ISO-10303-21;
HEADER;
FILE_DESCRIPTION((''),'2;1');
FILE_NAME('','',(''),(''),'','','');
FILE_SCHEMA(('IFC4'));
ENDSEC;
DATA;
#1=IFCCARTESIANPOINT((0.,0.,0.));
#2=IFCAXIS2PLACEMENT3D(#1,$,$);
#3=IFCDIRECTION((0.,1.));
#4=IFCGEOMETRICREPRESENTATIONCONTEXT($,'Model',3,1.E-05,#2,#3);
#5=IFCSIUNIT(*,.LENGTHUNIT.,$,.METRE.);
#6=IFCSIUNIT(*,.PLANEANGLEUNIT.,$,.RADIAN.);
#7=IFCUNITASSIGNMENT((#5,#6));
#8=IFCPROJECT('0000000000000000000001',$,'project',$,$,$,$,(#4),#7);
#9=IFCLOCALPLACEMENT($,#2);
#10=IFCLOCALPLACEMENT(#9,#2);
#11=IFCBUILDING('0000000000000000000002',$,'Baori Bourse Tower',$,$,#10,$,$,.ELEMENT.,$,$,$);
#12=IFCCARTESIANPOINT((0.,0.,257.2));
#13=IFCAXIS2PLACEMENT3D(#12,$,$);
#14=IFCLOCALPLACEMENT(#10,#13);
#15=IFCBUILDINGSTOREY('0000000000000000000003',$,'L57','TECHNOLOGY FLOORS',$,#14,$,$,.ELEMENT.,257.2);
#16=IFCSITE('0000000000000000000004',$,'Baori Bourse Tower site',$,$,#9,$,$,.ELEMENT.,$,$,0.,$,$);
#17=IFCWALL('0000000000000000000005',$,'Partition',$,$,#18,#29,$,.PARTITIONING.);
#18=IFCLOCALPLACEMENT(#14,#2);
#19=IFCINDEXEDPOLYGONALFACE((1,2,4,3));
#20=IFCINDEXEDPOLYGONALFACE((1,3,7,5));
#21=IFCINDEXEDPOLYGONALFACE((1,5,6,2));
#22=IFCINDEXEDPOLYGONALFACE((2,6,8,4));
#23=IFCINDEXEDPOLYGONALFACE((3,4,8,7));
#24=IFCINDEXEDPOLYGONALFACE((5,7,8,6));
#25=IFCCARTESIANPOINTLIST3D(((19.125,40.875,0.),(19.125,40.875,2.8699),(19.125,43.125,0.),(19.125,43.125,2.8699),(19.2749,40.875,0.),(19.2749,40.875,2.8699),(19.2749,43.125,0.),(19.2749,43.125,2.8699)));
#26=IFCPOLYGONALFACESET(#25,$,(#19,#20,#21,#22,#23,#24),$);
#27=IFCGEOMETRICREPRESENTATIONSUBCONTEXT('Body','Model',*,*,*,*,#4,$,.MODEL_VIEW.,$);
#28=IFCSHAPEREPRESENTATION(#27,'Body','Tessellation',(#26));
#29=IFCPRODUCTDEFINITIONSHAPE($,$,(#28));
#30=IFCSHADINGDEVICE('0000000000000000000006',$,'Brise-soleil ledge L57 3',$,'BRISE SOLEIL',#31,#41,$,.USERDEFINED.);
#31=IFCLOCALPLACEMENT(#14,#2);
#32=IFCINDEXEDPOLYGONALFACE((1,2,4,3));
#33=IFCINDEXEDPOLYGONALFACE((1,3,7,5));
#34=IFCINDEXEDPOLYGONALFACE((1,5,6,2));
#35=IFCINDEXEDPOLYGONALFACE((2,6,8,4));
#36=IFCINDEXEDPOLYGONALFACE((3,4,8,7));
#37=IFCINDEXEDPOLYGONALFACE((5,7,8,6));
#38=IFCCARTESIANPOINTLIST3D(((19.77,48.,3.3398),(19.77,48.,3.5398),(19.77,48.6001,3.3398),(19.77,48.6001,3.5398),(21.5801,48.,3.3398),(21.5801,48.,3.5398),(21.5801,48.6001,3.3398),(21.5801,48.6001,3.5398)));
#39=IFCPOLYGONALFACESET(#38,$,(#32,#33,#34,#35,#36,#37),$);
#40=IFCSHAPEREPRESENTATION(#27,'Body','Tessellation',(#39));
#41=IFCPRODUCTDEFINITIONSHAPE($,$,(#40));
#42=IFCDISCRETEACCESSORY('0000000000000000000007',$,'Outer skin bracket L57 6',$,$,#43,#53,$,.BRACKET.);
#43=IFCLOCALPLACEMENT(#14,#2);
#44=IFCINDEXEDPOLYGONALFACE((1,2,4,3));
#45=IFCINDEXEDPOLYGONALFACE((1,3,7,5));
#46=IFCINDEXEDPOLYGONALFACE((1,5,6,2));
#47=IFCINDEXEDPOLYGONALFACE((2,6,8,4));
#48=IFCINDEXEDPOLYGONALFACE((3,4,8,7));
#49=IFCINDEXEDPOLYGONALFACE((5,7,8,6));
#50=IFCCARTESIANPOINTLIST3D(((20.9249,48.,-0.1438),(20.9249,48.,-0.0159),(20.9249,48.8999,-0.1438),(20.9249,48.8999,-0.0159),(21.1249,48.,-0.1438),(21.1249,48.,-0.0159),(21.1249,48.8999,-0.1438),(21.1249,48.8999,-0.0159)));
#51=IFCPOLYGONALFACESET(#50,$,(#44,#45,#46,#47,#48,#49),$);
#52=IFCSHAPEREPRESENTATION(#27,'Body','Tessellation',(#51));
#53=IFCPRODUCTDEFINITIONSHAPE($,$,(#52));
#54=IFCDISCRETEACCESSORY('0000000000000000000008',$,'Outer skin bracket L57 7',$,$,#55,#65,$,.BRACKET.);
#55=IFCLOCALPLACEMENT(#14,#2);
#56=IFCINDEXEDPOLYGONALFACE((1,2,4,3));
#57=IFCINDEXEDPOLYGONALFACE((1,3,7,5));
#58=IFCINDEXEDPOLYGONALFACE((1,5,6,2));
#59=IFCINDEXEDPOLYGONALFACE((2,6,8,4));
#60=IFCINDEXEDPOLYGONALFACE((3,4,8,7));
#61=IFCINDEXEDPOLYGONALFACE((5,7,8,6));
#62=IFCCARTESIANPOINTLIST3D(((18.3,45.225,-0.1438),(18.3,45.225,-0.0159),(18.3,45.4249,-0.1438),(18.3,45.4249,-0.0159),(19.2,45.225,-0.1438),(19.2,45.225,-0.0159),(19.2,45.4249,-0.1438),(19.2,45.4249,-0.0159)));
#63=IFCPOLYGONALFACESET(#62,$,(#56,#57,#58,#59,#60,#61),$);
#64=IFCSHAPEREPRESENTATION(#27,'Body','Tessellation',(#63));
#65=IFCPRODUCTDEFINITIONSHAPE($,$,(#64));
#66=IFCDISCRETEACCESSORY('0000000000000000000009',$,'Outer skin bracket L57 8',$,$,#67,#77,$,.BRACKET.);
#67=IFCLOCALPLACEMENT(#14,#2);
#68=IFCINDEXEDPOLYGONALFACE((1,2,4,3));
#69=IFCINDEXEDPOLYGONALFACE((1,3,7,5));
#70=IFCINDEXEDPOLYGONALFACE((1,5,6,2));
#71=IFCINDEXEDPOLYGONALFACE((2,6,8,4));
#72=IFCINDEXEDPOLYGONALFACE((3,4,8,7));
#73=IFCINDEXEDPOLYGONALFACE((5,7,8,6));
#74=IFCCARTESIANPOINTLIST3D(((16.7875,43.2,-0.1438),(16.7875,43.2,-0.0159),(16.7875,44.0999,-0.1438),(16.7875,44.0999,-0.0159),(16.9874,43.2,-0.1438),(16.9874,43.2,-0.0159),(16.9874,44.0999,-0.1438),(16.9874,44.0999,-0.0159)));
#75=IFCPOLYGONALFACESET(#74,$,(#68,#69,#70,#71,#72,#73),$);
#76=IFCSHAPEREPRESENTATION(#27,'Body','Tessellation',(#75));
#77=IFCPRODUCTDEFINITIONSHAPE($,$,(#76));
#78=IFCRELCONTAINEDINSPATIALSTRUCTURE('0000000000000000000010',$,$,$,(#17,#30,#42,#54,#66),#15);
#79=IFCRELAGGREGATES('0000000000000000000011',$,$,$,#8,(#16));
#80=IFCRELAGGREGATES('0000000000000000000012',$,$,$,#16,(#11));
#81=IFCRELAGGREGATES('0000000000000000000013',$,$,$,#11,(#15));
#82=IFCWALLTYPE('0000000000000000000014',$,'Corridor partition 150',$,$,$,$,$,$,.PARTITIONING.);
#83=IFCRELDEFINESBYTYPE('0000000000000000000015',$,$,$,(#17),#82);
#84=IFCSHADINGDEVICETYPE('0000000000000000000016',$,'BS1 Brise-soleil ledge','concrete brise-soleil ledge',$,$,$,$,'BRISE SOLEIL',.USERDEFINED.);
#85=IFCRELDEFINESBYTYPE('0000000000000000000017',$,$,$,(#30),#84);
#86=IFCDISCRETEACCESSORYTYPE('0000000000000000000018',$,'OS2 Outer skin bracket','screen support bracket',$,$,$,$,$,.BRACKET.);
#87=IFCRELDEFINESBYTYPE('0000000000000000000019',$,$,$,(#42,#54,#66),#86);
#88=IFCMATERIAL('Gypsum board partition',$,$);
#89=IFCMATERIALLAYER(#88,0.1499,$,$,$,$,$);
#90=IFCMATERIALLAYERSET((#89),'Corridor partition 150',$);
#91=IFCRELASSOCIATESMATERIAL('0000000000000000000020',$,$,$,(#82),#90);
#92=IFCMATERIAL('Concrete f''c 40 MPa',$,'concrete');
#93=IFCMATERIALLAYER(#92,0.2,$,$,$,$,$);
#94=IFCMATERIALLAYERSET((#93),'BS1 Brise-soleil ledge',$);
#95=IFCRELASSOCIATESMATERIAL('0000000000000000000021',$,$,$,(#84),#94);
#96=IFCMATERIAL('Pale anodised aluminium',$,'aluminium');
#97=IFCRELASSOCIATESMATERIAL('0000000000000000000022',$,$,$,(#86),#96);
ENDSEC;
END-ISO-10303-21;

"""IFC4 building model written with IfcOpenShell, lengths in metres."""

from ifc_helpers import new_model, si_unit, direction, frame, frame_2d, origin, origin_2d, place, context, subcontext, project, spatial, rectangle, extrude, material, layer, layer_set, type_object, element, save


model = new_model("IFC4")

# Units and contexts
model_context = context("Model", 3, precision=1e-05, world=origin(), true_north=direction((0.0, 1.0)))
body_context = subcontext(model_context, "Body", "Model", "MODEL_VIEW")
ifc_project = project(units=[si_unit("LENGTHUNIT", "METRE"), si_unit("PLANEANGLEUNIT", "RADIAN")], contexts=[model_context])

# Site, building, storey
site_placement = place(None, origin())
site = spatial("IfcSite", under=ifc_project, at=site_placement, Name="Baori Bourse Tower site", CompositionType="ELEMENT", RefElevation=0.0)
building_placement = place(site_placement, origin())
building = spatial("IfcBuilding", under=site, at=building_placement, Name="Baori Bourse Tower", CompositionType="ELEMENT")
storey_placement = place(building_placement, frame((0.0, 0.0, 257.2)))
storey = spatial("IfcBuildingStorey", under=building, at=storey_placement, Name="L57", Description="TECHNOLOGY FLOORS", CompositionType="ELEMENT", Elevation=257.2)

# Shared definitions
ifc_material_1 = material(Name="Gypsum board partition")
ifc_layer_1 = layer(ifc_material_1, 0.1499)
ifc_layer_set_1 = layer_set([ifc_layer_1], Name="Corridor partition 150")
wall_type_1 = type_object("IfcWallType", Name="Corridor partition 150", PredefinedType="PARTITIONING", material=ifc_layer_set_1)

# Wall
wall_1_placement = place(storey_placement, frame((19.2, 40.875, 0.0), z_axis=(0.0, 0.0, 1.0), x_axis=(0.0, 1.0, 0.0)))
element("IfcWall", 1, at=wall_1_placement, inside=storey, type_object=wall_type_1, Name="Partition", PredefinedType="PARTITIONING", context=body_context, shape_type="SweptSolid", body=[
    extrude(rectangle(XDim=2.25, YDim=0.1499, at=frame_2d((1.125, 0.0))), origin(), (0.0, 0.0, 1.0), 2.8699),
])

# Shading device
ifc_material_2 = material(Name="Concrete f'c 40 MPa", Category="concrete")
ifc_layer_2 = layer(ifc_material_2, 0.2)
ifc_layer_set_2 = layer_set([ifc_layer_2], Name="BS1 Brise-soleil ledge")
shading_device_type = type_object("IfcShadingDeviceType", Name="BS1 Brise-soleil ledge", Description="concrete brise-soleil ledge", ElementType="BRISE SOLEIL", PredefinedType="USERDEFINED", material=ifc_layer_set_2)
shading_device_placement = place(storey_placement, frame((20.675, 48.3, 3.3398), z_axis=(0.0, 0.0, 1.0), x_axis=(-1.0, 0.0, 0.0)))
element("IfcShadingDevice", 2, at=shading_device_placement, inside=storey, type_object=shading_device_type, Name="Brise-soleil ledge L57 3", ObjectType="BRISE SOLEIL", PredefinedType="USERDEFINED", context=body_context, shape_type="SweptSolid", body=[
    extrude(rectangle(XDim=1.8101, YDim=0.6001, at=origin_2d()), origin(), (0.0, 0.0, 1.0), 0.2),
])

# Discrete accessories
ifc_material_3 = material(Name="Pale anodised aluminium", Category="aluminium")
discrete_accessory_type = type_object("IfcDiscreteAccessoryType", Name="OS2 Outer skin bracket", Description="screen support bracket", PredefinedType="BRACKET", material=ifc_material_3)
for number, where, z_axis, x_axis, name in (
    (3, (21.0249, 48.45, -0.1438), (0.0, 0.0, 1.0), (-1.0, 0.0, 0.0), "Outer skin bracket L57 6"),
    (4, (18.75, 45.325, -0.1438), (0.0, 0.0, 1.0), (0.0, -1.0, 0.0), "Outer skin bracket L57 7"),
    (5, (16.8875, 43.6499, -0.1438), (0.0, 0.0, 1.0), (-1.0, 0.0, 0.0), "Outer skin bracket L57 8"),
):
    element("IfcDiscreteAccessory", number, at=place(storey_placement, frame(where, z_axis=z_axis, x_axis=x_axis)), inside=storey, type_object=discrete_accessory_type, Name=name, PredefinedType="BRACKET", context=body_context, shape_type="SweptSolid", body=[
        extrude(rectangle(XDim=0.2, YDim=0.8999, at=origin_2d()), origin(), (0.0, 0.0, 1.0), 0.1279),
    ])

save(model, "model.ifc")
